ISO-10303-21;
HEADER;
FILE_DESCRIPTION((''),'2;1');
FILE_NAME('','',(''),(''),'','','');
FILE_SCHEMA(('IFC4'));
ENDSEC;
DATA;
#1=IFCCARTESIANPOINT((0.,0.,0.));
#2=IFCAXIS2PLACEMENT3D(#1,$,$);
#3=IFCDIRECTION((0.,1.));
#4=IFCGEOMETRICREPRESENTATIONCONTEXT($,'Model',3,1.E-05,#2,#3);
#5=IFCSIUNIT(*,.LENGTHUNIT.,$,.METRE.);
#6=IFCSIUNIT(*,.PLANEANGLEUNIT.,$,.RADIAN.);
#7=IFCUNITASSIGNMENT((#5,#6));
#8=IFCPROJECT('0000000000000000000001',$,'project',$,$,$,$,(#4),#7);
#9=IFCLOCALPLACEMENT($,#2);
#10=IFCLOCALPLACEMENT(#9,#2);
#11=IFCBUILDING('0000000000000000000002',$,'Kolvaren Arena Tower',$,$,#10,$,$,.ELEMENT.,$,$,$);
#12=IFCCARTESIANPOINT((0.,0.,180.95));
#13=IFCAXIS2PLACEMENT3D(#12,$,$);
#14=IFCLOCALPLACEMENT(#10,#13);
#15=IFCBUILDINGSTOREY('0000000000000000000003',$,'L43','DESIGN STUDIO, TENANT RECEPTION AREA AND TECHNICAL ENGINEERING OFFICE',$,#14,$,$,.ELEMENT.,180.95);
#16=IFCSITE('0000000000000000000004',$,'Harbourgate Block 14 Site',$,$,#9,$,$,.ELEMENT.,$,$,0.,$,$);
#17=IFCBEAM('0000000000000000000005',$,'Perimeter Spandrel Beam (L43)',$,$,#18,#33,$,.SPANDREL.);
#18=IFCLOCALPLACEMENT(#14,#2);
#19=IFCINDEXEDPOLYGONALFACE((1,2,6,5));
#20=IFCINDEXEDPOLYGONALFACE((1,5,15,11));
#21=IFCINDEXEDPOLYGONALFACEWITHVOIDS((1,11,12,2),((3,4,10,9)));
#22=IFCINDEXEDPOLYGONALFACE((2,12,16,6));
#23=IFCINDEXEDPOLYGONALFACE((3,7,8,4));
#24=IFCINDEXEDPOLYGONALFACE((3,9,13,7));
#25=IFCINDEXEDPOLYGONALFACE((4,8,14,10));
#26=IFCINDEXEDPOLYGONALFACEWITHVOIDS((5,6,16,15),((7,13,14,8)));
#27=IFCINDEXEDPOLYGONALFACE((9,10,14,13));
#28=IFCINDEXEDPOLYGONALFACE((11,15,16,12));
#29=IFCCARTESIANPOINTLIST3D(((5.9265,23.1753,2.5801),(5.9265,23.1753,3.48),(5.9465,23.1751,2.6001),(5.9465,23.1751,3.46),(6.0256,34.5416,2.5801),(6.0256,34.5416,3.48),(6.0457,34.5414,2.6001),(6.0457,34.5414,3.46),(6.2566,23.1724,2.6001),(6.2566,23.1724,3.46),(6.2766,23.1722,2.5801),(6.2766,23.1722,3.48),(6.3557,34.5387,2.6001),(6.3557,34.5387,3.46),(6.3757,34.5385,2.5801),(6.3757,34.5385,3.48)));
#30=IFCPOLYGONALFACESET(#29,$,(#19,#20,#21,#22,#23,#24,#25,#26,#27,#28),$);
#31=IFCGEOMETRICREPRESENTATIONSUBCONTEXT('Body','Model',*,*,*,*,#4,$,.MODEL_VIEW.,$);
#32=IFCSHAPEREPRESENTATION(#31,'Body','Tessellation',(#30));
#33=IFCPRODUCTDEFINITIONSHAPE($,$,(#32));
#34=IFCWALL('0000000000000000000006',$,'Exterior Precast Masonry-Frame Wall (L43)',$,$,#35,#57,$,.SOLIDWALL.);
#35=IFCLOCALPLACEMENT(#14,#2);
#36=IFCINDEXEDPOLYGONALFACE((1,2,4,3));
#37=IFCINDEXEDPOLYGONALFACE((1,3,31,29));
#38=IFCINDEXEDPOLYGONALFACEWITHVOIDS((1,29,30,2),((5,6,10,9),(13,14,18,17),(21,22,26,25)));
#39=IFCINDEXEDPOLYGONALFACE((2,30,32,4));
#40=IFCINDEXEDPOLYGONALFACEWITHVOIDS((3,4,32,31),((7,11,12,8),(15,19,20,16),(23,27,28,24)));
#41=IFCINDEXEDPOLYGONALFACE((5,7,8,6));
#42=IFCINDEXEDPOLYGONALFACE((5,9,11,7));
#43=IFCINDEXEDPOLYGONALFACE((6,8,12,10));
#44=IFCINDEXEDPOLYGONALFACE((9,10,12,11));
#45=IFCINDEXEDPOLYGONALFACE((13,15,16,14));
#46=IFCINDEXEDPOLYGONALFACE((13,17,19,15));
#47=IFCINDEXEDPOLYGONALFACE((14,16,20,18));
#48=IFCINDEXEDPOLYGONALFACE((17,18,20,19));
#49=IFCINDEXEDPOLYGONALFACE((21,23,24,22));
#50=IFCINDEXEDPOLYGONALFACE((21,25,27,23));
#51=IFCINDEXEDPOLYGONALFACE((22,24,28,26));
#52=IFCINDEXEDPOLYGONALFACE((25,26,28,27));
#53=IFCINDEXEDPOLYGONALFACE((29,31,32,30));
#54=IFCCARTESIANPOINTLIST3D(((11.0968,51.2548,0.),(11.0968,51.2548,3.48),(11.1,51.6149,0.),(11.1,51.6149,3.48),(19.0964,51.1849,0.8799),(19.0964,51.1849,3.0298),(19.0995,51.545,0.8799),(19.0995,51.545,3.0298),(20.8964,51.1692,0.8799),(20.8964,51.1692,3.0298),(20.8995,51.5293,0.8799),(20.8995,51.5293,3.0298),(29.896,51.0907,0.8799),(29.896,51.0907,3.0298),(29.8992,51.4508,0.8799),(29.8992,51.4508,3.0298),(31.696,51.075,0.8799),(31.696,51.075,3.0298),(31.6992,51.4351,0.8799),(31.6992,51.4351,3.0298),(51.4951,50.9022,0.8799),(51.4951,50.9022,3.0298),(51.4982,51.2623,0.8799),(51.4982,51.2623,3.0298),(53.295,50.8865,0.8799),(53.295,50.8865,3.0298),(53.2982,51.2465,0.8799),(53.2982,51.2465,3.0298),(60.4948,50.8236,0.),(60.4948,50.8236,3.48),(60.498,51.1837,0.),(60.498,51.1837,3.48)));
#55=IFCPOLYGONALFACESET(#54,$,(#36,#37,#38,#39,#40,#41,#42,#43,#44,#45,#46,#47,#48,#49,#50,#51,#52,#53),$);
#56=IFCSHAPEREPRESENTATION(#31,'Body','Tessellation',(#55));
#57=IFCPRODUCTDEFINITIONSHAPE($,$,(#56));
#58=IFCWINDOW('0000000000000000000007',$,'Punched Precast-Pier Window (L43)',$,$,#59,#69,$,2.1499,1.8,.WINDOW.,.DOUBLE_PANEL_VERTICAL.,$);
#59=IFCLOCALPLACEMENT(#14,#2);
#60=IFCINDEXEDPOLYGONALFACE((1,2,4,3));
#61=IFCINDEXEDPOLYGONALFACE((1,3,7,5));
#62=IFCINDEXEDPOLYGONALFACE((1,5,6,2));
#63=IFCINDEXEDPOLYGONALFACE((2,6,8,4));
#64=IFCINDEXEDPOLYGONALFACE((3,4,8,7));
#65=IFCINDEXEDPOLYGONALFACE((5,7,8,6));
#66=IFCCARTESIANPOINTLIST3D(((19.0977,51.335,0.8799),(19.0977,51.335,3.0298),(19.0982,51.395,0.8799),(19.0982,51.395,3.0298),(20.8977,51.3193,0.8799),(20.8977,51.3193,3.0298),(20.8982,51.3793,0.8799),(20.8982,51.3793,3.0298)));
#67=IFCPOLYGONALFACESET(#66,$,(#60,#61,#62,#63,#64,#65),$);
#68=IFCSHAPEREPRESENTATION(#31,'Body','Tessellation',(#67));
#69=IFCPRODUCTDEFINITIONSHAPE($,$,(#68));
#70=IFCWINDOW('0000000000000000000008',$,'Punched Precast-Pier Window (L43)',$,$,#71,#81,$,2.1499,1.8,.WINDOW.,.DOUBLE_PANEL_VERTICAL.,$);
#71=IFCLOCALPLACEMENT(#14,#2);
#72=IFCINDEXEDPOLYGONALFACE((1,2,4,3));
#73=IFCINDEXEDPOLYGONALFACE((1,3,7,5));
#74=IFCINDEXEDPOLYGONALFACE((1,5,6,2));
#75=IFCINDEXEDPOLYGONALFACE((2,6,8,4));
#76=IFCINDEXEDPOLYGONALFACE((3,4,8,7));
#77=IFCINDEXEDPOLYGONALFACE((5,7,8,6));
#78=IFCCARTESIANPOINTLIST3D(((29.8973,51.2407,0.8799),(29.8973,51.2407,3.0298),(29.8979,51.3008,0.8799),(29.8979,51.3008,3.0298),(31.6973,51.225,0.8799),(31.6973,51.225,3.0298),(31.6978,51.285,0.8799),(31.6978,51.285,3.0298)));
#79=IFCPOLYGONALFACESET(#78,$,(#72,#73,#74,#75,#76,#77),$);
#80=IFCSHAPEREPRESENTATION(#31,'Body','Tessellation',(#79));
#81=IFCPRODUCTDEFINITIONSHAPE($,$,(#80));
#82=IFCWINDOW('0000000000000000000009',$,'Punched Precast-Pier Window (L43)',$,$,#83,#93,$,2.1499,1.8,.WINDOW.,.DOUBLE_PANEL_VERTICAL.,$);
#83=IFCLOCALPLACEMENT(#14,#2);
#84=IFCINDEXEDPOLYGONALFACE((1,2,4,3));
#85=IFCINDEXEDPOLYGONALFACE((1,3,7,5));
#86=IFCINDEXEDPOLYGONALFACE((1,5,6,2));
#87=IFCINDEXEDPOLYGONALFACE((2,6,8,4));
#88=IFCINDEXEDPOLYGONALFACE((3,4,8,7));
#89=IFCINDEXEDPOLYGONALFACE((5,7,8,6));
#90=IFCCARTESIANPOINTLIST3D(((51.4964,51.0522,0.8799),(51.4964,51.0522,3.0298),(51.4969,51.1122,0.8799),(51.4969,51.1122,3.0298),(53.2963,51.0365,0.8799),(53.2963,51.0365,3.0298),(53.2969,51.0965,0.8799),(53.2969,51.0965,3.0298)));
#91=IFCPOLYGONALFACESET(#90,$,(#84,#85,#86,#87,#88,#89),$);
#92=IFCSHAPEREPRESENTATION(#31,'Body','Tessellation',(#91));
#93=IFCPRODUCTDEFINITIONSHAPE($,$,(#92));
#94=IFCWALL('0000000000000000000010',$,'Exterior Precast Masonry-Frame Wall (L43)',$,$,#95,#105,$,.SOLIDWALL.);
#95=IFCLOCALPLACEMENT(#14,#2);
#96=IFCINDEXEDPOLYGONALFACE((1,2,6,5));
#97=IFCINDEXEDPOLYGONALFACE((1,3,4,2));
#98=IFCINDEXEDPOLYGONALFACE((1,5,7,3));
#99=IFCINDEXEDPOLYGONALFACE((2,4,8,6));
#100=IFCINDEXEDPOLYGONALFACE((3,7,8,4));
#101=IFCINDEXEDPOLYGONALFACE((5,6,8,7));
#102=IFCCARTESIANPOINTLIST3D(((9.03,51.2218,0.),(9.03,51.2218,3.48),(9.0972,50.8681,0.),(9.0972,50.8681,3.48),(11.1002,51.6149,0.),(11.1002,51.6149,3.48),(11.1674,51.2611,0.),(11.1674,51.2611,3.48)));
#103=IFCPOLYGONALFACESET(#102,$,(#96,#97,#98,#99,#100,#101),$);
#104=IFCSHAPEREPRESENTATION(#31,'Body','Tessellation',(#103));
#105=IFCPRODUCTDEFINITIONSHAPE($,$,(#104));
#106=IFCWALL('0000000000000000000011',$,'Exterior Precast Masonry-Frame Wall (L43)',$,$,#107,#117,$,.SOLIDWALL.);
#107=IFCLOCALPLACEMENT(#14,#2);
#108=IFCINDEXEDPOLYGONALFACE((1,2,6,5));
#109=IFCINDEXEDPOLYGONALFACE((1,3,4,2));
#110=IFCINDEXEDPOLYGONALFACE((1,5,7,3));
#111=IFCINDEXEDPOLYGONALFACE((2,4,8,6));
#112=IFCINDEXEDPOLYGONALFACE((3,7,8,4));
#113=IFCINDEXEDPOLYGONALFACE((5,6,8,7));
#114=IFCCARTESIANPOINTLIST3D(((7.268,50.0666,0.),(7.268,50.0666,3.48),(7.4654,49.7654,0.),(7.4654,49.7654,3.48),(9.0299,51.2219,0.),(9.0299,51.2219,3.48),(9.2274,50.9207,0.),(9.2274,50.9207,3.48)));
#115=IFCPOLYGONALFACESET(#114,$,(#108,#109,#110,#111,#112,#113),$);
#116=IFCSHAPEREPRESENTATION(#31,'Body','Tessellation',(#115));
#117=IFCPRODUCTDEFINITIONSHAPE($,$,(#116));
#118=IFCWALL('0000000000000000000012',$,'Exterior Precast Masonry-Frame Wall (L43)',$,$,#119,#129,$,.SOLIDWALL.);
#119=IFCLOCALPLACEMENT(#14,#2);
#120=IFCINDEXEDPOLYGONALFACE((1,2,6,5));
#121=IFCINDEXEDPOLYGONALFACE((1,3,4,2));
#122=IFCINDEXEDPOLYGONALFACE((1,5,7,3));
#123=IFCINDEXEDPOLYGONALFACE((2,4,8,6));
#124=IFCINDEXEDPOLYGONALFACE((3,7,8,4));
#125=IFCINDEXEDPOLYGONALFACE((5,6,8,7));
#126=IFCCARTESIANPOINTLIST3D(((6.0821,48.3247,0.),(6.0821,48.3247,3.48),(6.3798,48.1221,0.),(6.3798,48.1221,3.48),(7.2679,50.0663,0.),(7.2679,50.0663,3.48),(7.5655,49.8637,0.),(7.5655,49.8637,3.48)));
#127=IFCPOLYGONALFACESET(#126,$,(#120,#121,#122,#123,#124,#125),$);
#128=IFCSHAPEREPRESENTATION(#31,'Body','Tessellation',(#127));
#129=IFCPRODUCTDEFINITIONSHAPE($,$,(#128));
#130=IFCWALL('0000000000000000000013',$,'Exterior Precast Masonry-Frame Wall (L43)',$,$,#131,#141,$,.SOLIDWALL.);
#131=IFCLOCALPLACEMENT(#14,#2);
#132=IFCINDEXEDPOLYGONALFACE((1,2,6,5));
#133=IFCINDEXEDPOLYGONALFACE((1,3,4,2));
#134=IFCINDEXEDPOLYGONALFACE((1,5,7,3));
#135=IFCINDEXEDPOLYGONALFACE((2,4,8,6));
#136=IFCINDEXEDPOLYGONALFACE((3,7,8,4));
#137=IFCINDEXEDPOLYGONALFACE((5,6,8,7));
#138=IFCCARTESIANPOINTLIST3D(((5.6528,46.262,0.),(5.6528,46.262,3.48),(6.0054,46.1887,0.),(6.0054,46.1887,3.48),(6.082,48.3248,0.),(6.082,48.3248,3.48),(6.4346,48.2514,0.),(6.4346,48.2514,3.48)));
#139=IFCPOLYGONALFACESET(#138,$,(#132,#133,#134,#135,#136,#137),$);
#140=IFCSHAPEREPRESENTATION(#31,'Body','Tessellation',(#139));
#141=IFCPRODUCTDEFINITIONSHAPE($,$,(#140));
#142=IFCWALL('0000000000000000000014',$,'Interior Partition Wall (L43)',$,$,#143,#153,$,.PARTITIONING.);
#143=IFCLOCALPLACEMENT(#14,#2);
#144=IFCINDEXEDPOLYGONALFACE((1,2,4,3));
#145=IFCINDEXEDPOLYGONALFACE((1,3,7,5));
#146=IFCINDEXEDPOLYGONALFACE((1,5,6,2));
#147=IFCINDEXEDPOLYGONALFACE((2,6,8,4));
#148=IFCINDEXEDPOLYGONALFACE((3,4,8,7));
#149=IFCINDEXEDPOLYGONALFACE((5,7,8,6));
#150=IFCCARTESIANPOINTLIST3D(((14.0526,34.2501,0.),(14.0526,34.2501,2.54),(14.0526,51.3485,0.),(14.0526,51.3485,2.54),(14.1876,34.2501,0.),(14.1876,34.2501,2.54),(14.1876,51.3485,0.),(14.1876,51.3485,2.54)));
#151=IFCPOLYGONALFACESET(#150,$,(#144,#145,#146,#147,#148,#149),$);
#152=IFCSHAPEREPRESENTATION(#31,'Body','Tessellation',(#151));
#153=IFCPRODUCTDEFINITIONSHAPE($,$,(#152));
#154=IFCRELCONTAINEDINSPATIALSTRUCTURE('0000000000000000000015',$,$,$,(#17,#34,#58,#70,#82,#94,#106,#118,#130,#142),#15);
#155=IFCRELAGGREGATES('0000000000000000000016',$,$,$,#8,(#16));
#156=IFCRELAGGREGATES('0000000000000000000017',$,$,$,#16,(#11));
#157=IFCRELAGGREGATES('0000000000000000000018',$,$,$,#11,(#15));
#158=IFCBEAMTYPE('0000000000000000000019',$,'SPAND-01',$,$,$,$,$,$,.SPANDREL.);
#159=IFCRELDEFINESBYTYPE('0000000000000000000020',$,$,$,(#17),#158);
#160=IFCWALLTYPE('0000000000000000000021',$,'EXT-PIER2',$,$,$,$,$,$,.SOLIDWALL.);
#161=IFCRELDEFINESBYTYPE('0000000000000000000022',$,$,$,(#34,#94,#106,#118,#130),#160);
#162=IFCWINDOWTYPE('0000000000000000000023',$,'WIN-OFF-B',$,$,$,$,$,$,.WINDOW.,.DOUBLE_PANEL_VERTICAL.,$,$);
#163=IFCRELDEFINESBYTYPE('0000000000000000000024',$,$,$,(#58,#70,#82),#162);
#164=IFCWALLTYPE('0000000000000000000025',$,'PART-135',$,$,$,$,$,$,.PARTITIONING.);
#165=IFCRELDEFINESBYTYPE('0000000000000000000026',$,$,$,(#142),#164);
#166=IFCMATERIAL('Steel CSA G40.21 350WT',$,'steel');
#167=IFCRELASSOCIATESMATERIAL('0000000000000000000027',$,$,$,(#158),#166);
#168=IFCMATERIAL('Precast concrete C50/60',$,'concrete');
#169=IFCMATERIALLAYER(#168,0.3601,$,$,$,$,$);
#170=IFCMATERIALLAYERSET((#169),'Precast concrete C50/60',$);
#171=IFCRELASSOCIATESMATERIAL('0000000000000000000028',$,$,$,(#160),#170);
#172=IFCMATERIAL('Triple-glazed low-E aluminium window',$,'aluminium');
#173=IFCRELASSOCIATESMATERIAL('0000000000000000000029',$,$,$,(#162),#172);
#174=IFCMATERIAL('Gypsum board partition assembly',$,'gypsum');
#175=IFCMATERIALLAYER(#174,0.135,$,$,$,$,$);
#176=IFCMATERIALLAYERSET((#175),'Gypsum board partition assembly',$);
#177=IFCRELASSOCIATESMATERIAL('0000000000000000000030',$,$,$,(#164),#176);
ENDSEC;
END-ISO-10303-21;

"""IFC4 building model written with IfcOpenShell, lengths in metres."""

from ifc_helpers import new_model, si_unit, direction, frame, frame_2d, origin, origin_2d, place, context, subcontext, project, spatial, rectangle, hollow_rectangle, extrude, material, layer, layer_set, material_profile, profile_set, type_object, element, fill, save


model = new_model("IFC4")

# Units and contexts
model_context = context("Model", 3, precision=1e-05, world=origin(), true_north=direction((0.0, 1.0)))
body_context = subcontext(model_context, "Body", "Model", "MODEL_VIEW")
ifc_project = project(units=[si_unit("LENGTHUNIT", "METRE"), si_unit("PLANEANGLEUNIT", "RADIAN")], contexts=[model_context])

# Site, building, storey
site_placement = place(None, origin())
site = spatial("IfcSite", under=ifc_project, at=site_placement, Name="Harbourgate Block 14 Site", CompositionType="ELEMENT", RefElevation=0.0)
building_placement = place(site_placement, origin())
building = spatial("IfcBuilding", under=site, at=building_placement, Name="Kolvaren Arena Tower", CompositionType="ELEMENT")
storey_placement = place(building_placement, frame((0.0, 0.0, 180.95)))
storey = spatial("IfcBuildingStorey", under=building, at=storey_placement, Name="L43", Description="DESIGN STUDIO, TENANT RECEPTION AREA AND TECHNICAL ENGINEERING OFFICE", CompositionType="ELEMENT", Elevation=180.95)

# Beam
ifc_material_1 = material(Name="Steel CSA G40.21 350WT", Category="steel")
ifc_material_profile_1 = material_profile(ifc_material_1, hollow_rectangle(XDim=0.3501, YDim=0.8999, WallThickness=0.02, at=origin_2d()), Name="HSS 900x350x20")
ifc_profile_set_1 = profile_set([ifc_material_profile_1], Name="Steel CSA G40.21 350WT")
beam_type_1 = type_object("IfcBeamType", Name="SPAND-01", PredefinedType="SPANDREL", material=ifc_profile_set_1)
for number, where, z_axis, x_axis, name in (
    (1, (6.2007, 34.54, 3.03), (-0.00872, -0.999962, 0.0), (0.999962, -0.00872, 0.0), "Perimeter Spandrel Beam (L43)"),
):
    element("IfcBeam", number, at=place(storey_placement, frame(where, z_axis=z_axis, x_axis=x_axis)), inside=storey, type_object=beam_type_1, Name=name, PredefinedType="SPANDREL", context=body_context, shape_type="SweptSolid", body=[
        extrude(hollow_rectangle(XDim=0.3501, YDim=0.8999, WallThickness=0.02, at=origin_2d()), origin(), (0.0, 0.0, 1.0), 11.3667),
    ])

# Wall, openings, windows
ifc_material_2 = material(Name="Precast concrete C50/60", Category="concrete")
ifc_layer_1 = layer(ifc_material_2, 0.3601)
ifc_layer_set_1 = layer_set([ifc_layer_1], Name="Precast concrete C50/60")
wall_type_1 = type_object("IfcWallType", Name="EXT-PIER2", PredefinedType="SOLIDWALL", material=ifc_layer_set_1)
wall_1_placement = place(storey_placement, frame((11.0984, 51.4348, 0.0), z_axis=(0.0, 0.0, 1.0), x_axis=(0.999962, -0.008728, 0.0)))
wall_1 = element("IfcWall", 2, at=wall_1_placement, inside=storey, type_object=wall_type_1, Name="Exterior Precast Masonry-Frame Wall (L43)", PredefinedType="SOLIDWALL", context=body_context, shape_type="SweptSolid", body=[
    extrude(rectangle(XDim=49.3999, YDim=0.3601, at=frame_2d((24.7, 0.0))), origin(), (0.0, 0.0, 1.0), 3.48),
])
opening_1_placement = place(wall_1_placement, frame((8.0, 0.0, 0.8799)))
opening_1 = element("IfcOpeningElement", 3, at=opening_1_placement, cuts=wall_1, PredefinedType="OPENING", context=body_context, shape_type="SweptSolid", body=[
    extrude(rectangle(XDim=1.8, YDim=2.1499, at=frame_2d((0.8999, 1.075))), frame((0.0, 0.1899, 0.0), z_axis=(0.0, -1.0, 0.0), x_axis=(1.0, 0.0, 0.0)), (0.0, 0.0, 1.0), 0.3801),
])
opening_2_placement = place(wall_1_placement, frame((18.8, 0.0, 0.8799)))
opening_2 = element("IfcOpeningElement", 4, at=opening_2_placement, cuts=wall_1, PredefinedType="OPENING", context=body_context, shape_type="SweptSolid", body=[
    extrude(rectangle(XDim=1.8, YDim=2.1499, at=frame_2d((0.8999, 1.075))), frame((0.0, 0.1899, 0.0), z_axis=(0.0, -1.0, 0.0), x_axis=(1.0, 0.0, 0.0)), (0.0, 0.0, 1.0), 0.3801),
])
opening_3_placement = place(wall_1_placement, frame((40.3999, 0.0, 0.8799)))
opening_3 = element("IfcOpeningElement", 5, at=opening_3_placement, cuts=wall_1, PredefinedType="OPENING", context=body_context, shape_type="SweptSolid", body=[
    extrude(rectangle(XDim=1.8, YDim=2.1499, at=frame_2d((0.8999, 1.075))), frame((0.0, 0.1899, 0.0), z_axis=(0.0, -1.0, 0.0), x_axis=(1.0, 0.0, 0.0)), (0.0, 0.0, 1.0), 0.3801),
])
ifc_material_3 = material(Name="Triple-glazed low-E aluminium window", Category="aluminium")
window_type = type_object("IfcWindowType", Name="WIN-OFF-B", PartitioningType="DOUBLE_PANEL_VERTICAL", PredefinedType="WINDOW", material=ifc_material_3)
window_1_placement = place(opening_1_placement, origin())
window_1 = element("IfcWindow", 6, at=window_1_placement, inside=storey, type_object=window_type, Name="Punched Precast-Pier Window (L43)", OverallHeight=2.1499, OverallWidth=1.8, PartitioningType="DOUBLE_PANEL_VERTICAL", PredefinedType="WINDOW", context=body_context, shape_type="SweptSolid", body=[
    extrude(rectangle(XDim=1.8, YDim=2.1499, at=frame_2d((0.8999, 1.075))), frame((0.0, 0.03, 0.0), z_axis=(0.0, -1.0, 0.0), x_axis=(1.0, 0.0, 0.0)), (0.0, 0.0, 1.0), 0.0601),
])
fill(opening_1, window_1)
window_2_placement = place(opening_2_placement, origin())
window_2 = element("IfcWindow", 7, at=window_2_placement, inside=storey, type_object=window_type, Name="Punched Precast-Pier Window (L43)", OverallHeight=2.1499, OverallWidth=1.8, PartitioningType="DOUBLE_PANEL_VERTICAL", PredefinedType="WINDOW", context=body_context, shape_type="SweptSolid", body=[
    extrude(rectangle(XDim=1.8, YDim=2.1499, at=frame_2d((0.8999, 1.075))), frame((0.0, 0.03, 0.0), z_axis=(0.0, -1.0, 0.0), x_axis=(1.0, 0.0, 0.0)), (0.0, 0.0, 1.0), 0.0601),
])
fill(opening_2, window_2)
window_3_placement = place(opening_3_placement, origin())
window_3 = element("IfcWindow", 8, at=window_3_placement, inside=storey, type_object=window_type, Name="Punched Precast-Pier Window (L43)", OverallHeight=2.1499, OverallWidth=1.8, PartitioningType="DOUBLE_PANEL_VERTICAL", PredefinedType="WINDOW", context=body_context, shape_type="SweptSolid", body=[
    extrude(rectangle(XDim=1.8, YDim=2.1499, at=frame_2d((0.8999, 1.075))), frame((0.0, 0.03, 0.0), z_axis=(0.0, -1.0, 0.0), x_axis=(1.0, 0.0, 0.0)), (0.0, 0.0, 1.0), 0.0601),
])
fill(opening_3, window_3)

# Walls
wall_2_placement = place(storey_placement, frame((9.0635, 51.0449, 0.0), z_axis=(0.0, 0.0, 1.0), x_axis=(0.982446, 0.186548, 0.0)))
element("IfcWall", 9, at=wall_2_placement, inside=storey, type_object=wall_type_1, Name="Exterior Precast Masonry-Frame Wall (L43)", PredefinedType="SOLIDWALL", context=body_context, shape_type="SweptSolid", body=[
    extrude(rectangle(XDim=2.1072, YDim=0.3601, at=frame_2d((1.0537, 0.0))), origin(), (0.0, 0.0, 1.0), 3.48),
])
for number, where, z_axis, x_axis, name in (
    (10, (7.3667, 49.916, 0.0), (0.0, 0.0, 1.0), (0.836269, 0.54832, 0.0), "Exterior Precast Masonry-Frame Wall (L43)"),
    (11, (6.231, 48.2234, 0.0), (0.0, 0.0, 1.0), (0.562776, 0.82661, 0.0), "Exterior Precast Masonry-Frame Wall (L43)"),
    (12, (5.8291, 46.2253, 0.0), (0.0, 0.0, 1.0), (0.203709, 0.979031, 0.0), "Exterior Precast Masonry-Frame Wall (L43)"),
):
    element("IfcWall", number, at=place(storey_placement, frame(where, z_axis=z_axis, x_axis=x_axis)), inside=storey, type_object=wall_type_1, Name=name, PredefinedType="SOLIDWALL", context=body_context, shape_type="SweptSolid", body=[
        extrude(rectangle(XDim=2.1069, YDim=0.3601, at=frame_2d((1.0535, 0.0))), origin(), (0.0, 0.0, 1.0), 3.48),
    ])
ifc_material_4 = material(Name="Gypsum board partition assembly", Category="gypsum")
ifc_layer_2 = layer(ifc_material_4, 0.135)
ifc_layer_set_2 = layer_set([ifc_layer_2], Name="Gypsum board partition assembly")
wall_type_2 = type_object("IfcWallType", Name="PART-135", PredefinedType="PARTITIONING", material=ifc_layer_set_2)
wall_3_placement = place(storey_placement, frame((14.1201, 34.25, 0.0), z_axis=(0.0, 0.0, 1.0), x_axis=(0.0, 1.0, 0.0)))
element("IfcWall", 13, at=wall_3_placement, inside=storey, type_object=wall_type_2, Name="Interior Partition Wall (L43)", PredefinedType="PARTITIONING", context=body_context, shape_type="SweptSolid", body=[
    extrude(rectangle(XDim=17.0984, YDim=0.135, at=frame_2d((8.5493, 0.0))), origin(), (0.0, 0.0, 1.0), 2.54),
])

save(model, "model.ifc")
